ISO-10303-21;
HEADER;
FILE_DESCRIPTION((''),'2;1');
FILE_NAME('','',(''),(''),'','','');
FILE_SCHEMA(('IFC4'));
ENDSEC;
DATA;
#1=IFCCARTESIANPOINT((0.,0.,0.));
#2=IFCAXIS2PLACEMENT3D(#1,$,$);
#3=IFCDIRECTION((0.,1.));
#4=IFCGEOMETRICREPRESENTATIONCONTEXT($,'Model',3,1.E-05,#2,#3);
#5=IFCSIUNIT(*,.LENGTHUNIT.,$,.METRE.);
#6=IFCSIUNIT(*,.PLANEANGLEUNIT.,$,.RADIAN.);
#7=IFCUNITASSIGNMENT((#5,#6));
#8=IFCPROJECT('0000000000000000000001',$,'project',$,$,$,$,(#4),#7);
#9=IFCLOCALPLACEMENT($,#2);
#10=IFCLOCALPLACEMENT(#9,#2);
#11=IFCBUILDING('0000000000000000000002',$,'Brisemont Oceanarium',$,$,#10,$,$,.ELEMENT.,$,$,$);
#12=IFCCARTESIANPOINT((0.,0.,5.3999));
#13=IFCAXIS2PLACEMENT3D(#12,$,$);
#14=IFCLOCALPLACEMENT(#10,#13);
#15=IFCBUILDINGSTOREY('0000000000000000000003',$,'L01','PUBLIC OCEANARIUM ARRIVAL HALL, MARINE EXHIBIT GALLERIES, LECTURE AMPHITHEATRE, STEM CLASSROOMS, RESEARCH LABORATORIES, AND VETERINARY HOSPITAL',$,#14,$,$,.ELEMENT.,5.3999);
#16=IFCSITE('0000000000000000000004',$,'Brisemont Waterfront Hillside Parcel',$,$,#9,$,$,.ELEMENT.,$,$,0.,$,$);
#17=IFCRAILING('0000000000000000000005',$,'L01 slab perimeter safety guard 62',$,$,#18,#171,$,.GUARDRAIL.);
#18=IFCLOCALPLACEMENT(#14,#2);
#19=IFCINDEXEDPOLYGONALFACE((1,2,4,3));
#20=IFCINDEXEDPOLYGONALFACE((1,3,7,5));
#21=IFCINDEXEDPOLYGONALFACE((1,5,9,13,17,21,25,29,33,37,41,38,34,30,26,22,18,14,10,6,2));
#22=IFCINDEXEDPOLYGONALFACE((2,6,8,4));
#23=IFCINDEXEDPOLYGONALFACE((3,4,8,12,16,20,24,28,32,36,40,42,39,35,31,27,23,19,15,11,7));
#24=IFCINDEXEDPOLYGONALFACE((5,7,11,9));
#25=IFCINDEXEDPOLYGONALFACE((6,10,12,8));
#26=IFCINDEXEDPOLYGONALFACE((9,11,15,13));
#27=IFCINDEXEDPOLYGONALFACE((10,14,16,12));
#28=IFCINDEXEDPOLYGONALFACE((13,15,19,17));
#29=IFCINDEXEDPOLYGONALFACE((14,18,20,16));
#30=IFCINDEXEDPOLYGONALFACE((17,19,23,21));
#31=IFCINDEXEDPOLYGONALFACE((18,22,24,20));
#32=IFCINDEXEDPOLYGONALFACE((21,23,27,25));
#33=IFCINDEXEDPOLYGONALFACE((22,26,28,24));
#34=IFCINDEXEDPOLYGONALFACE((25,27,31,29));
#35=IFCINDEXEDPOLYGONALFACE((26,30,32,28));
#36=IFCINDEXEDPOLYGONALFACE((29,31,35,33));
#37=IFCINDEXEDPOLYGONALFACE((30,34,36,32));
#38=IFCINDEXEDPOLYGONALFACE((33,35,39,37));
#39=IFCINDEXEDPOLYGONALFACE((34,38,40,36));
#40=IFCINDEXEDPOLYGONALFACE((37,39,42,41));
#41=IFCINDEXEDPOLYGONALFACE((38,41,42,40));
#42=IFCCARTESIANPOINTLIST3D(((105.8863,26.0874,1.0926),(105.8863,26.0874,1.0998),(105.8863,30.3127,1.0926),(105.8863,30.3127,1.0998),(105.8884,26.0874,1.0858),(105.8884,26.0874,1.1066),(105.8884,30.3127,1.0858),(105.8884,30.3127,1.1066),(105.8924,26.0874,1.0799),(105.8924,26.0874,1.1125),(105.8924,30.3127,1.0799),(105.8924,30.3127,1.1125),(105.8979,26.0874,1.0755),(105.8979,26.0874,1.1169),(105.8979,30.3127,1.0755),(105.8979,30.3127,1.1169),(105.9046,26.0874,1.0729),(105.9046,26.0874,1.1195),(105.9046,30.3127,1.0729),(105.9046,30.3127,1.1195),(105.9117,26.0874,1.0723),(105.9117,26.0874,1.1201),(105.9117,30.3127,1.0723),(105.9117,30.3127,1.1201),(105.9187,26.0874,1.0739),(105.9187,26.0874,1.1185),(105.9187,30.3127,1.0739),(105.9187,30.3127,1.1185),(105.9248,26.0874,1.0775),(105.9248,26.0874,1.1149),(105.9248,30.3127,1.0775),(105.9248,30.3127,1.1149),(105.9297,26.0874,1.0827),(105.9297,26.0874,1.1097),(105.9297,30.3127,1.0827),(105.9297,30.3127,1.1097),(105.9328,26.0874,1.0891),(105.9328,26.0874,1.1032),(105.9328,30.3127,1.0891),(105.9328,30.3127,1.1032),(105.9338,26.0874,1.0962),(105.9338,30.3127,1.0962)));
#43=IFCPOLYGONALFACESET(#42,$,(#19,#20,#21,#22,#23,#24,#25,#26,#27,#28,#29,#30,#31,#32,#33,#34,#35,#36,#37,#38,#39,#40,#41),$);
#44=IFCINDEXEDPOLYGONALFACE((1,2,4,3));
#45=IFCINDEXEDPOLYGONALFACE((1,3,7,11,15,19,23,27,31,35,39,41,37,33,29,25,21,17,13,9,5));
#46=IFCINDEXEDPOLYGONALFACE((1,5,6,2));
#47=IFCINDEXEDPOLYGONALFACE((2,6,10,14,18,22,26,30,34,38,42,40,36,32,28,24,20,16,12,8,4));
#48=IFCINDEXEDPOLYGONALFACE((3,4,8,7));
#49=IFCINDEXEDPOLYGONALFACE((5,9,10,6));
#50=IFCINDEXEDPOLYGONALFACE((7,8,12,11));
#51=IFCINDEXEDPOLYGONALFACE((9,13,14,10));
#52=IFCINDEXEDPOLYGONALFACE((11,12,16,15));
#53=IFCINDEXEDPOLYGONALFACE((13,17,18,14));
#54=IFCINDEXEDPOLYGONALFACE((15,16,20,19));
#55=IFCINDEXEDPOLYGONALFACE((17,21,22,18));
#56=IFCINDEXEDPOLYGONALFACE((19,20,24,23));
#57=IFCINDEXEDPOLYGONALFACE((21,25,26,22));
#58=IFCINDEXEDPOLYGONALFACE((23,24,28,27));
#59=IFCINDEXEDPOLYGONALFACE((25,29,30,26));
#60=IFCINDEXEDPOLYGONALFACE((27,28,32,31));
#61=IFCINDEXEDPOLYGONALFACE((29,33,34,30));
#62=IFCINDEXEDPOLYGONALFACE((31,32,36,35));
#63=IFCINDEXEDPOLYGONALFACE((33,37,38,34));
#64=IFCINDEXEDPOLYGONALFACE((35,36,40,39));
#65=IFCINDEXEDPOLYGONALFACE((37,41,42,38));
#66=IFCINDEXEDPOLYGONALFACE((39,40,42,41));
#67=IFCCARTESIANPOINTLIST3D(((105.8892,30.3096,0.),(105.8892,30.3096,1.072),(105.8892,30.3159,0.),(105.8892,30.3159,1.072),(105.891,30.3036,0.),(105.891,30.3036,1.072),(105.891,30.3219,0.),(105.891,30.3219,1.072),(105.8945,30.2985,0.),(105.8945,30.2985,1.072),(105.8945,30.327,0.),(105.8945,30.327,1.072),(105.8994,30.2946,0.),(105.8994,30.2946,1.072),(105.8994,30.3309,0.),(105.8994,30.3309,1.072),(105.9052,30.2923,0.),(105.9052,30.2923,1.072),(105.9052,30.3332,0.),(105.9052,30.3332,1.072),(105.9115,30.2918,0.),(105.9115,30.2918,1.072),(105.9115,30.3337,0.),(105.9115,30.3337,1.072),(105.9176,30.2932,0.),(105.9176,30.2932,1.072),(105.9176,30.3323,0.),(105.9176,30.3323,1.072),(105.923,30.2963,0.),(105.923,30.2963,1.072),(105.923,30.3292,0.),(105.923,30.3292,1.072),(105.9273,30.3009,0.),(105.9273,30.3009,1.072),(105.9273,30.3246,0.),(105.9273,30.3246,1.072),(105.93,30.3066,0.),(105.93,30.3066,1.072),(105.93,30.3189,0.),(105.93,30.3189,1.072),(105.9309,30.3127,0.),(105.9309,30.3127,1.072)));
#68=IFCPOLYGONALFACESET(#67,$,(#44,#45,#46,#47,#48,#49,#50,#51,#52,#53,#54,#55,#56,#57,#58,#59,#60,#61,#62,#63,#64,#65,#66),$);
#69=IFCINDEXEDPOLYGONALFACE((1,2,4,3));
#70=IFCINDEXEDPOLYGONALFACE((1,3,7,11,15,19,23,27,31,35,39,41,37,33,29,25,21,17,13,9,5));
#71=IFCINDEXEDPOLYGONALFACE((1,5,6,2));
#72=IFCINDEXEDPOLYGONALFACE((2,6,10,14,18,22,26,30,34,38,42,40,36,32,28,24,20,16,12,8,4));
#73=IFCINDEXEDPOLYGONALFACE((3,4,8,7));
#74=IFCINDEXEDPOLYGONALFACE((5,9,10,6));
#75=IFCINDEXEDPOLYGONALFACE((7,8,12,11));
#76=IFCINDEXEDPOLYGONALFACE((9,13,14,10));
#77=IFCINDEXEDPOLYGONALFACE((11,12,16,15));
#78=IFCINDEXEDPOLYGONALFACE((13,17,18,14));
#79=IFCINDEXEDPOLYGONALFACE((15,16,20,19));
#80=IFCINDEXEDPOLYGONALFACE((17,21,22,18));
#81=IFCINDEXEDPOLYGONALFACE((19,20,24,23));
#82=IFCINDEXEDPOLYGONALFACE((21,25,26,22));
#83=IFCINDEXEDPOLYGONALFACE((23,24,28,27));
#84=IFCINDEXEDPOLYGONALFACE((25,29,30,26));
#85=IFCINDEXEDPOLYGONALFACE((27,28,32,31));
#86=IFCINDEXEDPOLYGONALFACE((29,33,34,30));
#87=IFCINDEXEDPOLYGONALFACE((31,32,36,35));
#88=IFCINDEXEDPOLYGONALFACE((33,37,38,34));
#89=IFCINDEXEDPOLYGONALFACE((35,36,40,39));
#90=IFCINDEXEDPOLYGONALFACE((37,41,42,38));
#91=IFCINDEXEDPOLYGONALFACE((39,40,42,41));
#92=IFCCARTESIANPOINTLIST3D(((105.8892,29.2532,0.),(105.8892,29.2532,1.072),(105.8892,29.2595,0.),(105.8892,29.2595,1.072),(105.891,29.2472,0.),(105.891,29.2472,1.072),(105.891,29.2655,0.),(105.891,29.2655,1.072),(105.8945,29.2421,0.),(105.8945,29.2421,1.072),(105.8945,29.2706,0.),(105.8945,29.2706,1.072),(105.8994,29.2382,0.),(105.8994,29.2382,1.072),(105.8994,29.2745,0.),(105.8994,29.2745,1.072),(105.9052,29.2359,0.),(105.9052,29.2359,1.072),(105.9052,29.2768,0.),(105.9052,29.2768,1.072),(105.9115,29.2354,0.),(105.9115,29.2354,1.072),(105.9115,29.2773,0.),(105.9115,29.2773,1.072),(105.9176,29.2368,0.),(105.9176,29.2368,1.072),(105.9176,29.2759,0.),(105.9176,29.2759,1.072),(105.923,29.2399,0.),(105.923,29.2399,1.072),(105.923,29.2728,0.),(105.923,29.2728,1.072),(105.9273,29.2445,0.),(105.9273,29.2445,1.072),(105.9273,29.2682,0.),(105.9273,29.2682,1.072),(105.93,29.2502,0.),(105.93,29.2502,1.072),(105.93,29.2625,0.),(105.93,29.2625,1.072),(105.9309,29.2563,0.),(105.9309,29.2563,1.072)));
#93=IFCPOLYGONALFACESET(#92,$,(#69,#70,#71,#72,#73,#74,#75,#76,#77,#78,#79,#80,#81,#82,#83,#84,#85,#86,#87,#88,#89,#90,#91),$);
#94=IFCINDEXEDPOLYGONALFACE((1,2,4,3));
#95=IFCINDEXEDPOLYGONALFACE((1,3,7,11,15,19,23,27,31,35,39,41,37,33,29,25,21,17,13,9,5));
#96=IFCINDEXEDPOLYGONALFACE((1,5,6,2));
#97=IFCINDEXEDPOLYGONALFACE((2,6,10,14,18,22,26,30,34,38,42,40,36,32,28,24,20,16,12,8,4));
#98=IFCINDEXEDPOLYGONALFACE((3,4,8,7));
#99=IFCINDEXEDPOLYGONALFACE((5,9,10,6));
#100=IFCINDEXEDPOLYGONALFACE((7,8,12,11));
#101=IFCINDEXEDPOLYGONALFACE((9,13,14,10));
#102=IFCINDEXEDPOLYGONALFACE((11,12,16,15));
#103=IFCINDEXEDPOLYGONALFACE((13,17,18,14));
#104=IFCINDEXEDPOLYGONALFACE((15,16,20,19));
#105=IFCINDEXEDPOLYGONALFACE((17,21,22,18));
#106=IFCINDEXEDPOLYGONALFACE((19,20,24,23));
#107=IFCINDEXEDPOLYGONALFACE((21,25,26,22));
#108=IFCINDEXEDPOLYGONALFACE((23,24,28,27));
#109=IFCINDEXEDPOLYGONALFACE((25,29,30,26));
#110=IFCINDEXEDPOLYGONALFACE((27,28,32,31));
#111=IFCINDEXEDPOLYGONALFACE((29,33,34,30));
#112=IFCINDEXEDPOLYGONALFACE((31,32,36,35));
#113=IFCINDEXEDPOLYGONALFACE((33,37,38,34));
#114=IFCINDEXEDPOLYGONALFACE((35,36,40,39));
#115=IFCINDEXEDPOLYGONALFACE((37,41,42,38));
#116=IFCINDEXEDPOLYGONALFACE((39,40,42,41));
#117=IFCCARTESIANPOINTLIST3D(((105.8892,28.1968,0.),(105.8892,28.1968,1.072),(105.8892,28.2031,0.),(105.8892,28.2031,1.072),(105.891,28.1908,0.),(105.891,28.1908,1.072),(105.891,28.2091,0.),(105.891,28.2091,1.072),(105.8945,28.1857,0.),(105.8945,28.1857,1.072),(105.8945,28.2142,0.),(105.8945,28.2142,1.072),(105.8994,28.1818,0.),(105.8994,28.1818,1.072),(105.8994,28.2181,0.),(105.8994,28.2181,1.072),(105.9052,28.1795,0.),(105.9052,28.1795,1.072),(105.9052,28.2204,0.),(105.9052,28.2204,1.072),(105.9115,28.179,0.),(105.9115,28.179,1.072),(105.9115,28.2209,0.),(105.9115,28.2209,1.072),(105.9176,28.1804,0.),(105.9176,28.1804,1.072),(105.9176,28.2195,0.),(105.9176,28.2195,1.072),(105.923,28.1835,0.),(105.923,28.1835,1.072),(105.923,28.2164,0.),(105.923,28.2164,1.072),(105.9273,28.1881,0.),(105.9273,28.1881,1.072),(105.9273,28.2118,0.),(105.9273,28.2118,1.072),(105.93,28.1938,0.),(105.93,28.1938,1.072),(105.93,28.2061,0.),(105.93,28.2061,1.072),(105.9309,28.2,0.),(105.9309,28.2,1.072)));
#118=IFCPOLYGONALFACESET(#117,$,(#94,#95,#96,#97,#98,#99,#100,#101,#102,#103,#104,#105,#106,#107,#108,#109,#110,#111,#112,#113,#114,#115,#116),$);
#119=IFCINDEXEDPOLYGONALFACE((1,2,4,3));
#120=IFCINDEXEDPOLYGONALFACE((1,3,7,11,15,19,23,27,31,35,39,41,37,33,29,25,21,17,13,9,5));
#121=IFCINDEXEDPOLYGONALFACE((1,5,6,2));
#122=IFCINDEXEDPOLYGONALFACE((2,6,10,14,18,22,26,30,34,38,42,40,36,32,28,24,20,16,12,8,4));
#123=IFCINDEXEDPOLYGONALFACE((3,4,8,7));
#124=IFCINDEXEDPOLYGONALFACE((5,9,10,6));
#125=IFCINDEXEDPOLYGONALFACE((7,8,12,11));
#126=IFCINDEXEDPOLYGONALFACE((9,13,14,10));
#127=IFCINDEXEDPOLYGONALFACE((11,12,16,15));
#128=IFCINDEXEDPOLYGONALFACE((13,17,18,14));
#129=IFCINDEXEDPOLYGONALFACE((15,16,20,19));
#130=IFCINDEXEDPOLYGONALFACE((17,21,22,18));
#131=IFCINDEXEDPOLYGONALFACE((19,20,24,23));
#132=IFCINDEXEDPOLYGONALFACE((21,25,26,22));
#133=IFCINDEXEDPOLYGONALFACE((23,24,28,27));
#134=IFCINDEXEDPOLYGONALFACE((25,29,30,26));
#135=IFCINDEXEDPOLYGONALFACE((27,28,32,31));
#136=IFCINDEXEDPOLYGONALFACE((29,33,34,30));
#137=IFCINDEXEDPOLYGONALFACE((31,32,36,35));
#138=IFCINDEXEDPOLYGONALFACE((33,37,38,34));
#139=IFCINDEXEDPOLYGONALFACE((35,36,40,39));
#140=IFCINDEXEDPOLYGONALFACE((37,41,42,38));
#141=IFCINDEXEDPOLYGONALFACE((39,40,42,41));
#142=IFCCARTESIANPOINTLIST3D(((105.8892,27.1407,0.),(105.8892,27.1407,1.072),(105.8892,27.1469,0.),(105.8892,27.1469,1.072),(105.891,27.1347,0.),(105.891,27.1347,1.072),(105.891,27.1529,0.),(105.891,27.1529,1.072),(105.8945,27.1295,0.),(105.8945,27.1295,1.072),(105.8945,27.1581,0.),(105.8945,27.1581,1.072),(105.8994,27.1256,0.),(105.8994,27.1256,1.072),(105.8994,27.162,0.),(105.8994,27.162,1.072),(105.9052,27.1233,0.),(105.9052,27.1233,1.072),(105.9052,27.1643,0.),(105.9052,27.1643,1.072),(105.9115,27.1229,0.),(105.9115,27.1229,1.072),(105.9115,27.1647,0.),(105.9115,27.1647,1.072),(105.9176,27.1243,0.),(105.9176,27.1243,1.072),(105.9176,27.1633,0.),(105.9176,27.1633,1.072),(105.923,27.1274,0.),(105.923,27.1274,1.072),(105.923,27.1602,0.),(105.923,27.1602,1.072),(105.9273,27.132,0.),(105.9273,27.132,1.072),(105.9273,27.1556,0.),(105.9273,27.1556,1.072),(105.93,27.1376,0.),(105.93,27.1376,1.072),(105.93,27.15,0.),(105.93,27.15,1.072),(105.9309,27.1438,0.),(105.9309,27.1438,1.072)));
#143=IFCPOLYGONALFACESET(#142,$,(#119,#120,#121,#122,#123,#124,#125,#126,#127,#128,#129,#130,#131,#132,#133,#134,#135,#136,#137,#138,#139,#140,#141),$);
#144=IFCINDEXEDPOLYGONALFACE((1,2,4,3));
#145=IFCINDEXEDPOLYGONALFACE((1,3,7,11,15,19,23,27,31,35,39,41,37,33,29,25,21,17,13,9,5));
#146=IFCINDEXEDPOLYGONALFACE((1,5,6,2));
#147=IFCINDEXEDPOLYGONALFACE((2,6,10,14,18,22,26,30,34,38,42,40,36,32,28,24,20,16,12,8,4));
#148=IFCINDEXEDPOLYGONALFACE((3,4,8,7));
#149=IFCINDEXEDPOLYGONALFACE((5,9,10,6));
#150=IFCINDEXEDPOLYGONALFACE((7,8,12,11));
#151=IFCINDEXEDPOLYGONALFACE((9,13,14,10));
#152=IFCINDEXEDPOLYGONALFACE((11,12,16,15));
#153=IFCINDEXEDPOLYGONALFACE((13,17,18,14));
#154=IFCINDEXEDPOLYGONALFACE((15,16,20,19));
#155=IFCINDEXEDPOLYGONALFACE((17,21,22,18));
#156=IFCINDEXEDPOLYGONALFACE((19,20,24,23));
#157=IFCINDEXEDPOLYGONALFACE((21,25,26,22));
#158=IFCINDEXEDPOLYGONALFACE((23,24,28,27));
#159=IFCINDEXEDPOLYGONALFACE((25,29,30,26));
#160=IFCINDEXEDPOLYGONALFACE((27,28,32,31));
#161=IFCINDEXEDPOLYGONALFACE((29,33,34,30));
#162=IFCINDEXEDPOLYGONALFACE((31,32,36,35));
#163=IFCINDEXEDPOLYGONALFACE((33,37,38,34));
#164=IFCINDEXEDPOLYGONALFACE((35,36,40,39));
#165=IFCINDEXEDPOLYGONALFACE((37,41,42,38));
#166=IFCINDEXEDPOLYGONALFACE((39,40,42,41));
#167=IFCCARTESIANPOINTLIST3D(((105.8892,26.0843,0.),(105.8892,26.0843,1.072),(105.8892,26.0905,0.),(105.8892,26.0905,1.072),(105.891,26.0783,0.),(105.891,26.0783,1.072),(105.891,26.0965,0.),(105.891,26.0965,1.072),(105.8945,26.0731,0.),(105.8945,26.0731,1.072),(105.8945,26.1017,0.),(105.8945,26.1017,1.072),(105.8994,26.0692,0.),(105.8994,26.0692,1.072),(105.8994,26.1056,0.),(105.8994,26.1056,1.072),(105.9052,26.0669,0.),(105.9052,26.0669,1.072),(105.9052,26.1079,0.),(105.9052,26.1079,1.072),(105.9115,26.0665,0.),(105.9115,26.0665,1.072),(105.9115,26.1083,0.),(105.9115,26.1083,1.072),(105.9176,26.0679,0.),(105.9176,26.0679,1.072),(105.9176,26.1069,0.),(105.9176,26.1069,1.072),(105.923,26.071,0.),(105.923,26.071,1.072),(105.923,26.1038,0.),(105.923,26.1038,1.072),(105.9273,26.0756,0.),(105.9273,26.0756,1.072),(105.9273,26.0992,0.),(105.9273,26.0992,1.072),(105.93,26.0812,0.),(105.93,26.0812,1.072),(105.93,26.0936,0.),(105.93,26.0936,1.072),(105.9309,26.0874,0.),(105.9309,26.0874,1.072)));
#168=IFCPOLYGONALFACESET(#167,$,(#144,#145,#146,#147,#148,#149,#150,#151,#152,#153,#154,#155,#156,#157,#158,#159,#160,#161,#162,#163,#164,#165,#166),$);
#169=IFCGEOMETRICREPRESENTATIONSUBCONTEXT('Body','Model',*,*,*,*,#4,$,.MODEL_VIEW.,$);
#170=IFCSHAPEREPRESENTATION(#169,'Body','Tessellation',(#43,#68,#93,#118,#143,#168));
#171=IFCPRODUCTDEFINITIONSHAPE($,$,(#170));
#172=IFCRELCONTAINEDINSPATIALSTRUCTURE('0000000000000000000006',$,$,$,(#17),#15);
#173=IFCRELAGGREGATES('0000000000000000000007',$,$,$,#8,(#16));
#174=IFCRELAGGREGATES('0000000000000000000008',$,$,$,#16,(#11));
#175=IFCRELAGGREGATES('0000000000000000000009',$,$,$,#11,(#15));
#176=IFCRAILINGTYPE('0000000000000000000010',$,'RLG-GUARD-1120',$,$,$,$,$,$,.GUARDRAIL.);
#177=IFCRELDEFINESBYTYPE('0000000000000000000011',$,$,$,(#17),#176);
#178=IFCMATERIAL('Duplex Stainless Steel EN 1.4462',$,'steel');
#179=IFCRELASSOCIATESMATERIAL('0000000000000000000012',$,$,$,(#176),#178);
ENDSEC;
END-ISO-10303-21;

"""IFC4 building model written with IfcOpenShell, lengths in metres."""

from ifc_helpers import new_model, si_unit, direction, frame, origin, origin_2d, place, context, subcontext, project, spatial, circle, extrude, material, type_object, element, save


model = new_model("IFC4")

# Units and contexts
model_context = context("Model", 3, precision=1e-05, world=origin(), true_north=direction((0.0, 1.0)))
body_context = subcontext(model_context, "Body", "Model", "MODEL_VIEW")
ifc_project = project(units=[si_unit("LENGTHUNIT", "METRE"), si_unit("PLANEANGLEUNIT", "RADIAN")], contexts=[model_context])

# Site, building, storey
site_placement = place(None, origin())
site = spatial("IfcSite", under=ifc_project, at=site_placement, Name="Brisemont Waterfront Hillside Parcel", CompositionType="ELEMENT", RefElevation=0.0)
building_placement = place(site_placement, origin())
building = spatial("IfcBuilding", under=site, at=building_placement, Name="Brisemont Oceanarium", CompositionType="ELEMENT")
storey_placement = place(building_placement, frame((0.0, 0.0, 5.3999)))
storey = spatial("IfcBuildingStorey", under=building, at=storey_placement, Name="L01", Description="PUBLIC OCEANARIUM ARRIVAL HALL, MARINE EXHIBIT GALLERIES, LECTURE AMPHITHEATRE, STEM CLASSROOMS, RESEARCH LABORATORIES, AND VETERINARY HOSPITAL", CompositionType="ELEMENT", Elevation=5.3999)

# Railing
ifc_material_1 = material(Name="Duplex Stainless Steel EN 1.4462", Category="steel")
railing_type_1 = type_object("IfcRailingType", Name="RLG-GUARD-1120", PredefinedType="GUARDRAIL", material=ifc_material_1)
railing_1_placement = place(storey_placement, frame((105.9099, 30.3127, 0.0)))
element("IfcRailing", 1, at=railing_1_placement, inside=storey, type_object=railing_type_1, Name="L01 slab perimeter safety guard 62", PredefinedType="GUARDRAIL", context=body_context, shape_type="SweptSolid", body=[
    extrude(circle(Radius=0.0239, at=origin_2d()), frame((0.0, 0.0, 1.0962), z_axis=(0.0, -1.0, 0.0), x_axis=(1.0, 0.0, 0.0)), (0.0, 0.0, 1.0), 4.2253),
    extrude(circle(Radius=0.021, at=origin_2d()), origin(), (0.0, 0.0, 1.0), 1.072),
    extrude(circle(Radius=0.021, at=origin_2d()), frame((0.0, -1.0564, 0.0)), (0.0, 0.0, 1.0), 1.072),
    extrude(circle(Radius=0.021, at=origin_2d()), frame((0.0, -2.1128, 0.0)), (0.0, 0.0, 1.0), 1.072),
    extrude(circle(Radius=0.021, at=origin_2d()), frame((0.0, -3.1689, 0.0)), (0.0, 0.0, 1.0), 1.072),
    extrude(circle(Radius=0.021, at=origin_2d()), frame((0.0, -4.2253, 0.0)), (0.0, 0.0, 1.0), 1.072),
])

save(model, "model.ifc")
